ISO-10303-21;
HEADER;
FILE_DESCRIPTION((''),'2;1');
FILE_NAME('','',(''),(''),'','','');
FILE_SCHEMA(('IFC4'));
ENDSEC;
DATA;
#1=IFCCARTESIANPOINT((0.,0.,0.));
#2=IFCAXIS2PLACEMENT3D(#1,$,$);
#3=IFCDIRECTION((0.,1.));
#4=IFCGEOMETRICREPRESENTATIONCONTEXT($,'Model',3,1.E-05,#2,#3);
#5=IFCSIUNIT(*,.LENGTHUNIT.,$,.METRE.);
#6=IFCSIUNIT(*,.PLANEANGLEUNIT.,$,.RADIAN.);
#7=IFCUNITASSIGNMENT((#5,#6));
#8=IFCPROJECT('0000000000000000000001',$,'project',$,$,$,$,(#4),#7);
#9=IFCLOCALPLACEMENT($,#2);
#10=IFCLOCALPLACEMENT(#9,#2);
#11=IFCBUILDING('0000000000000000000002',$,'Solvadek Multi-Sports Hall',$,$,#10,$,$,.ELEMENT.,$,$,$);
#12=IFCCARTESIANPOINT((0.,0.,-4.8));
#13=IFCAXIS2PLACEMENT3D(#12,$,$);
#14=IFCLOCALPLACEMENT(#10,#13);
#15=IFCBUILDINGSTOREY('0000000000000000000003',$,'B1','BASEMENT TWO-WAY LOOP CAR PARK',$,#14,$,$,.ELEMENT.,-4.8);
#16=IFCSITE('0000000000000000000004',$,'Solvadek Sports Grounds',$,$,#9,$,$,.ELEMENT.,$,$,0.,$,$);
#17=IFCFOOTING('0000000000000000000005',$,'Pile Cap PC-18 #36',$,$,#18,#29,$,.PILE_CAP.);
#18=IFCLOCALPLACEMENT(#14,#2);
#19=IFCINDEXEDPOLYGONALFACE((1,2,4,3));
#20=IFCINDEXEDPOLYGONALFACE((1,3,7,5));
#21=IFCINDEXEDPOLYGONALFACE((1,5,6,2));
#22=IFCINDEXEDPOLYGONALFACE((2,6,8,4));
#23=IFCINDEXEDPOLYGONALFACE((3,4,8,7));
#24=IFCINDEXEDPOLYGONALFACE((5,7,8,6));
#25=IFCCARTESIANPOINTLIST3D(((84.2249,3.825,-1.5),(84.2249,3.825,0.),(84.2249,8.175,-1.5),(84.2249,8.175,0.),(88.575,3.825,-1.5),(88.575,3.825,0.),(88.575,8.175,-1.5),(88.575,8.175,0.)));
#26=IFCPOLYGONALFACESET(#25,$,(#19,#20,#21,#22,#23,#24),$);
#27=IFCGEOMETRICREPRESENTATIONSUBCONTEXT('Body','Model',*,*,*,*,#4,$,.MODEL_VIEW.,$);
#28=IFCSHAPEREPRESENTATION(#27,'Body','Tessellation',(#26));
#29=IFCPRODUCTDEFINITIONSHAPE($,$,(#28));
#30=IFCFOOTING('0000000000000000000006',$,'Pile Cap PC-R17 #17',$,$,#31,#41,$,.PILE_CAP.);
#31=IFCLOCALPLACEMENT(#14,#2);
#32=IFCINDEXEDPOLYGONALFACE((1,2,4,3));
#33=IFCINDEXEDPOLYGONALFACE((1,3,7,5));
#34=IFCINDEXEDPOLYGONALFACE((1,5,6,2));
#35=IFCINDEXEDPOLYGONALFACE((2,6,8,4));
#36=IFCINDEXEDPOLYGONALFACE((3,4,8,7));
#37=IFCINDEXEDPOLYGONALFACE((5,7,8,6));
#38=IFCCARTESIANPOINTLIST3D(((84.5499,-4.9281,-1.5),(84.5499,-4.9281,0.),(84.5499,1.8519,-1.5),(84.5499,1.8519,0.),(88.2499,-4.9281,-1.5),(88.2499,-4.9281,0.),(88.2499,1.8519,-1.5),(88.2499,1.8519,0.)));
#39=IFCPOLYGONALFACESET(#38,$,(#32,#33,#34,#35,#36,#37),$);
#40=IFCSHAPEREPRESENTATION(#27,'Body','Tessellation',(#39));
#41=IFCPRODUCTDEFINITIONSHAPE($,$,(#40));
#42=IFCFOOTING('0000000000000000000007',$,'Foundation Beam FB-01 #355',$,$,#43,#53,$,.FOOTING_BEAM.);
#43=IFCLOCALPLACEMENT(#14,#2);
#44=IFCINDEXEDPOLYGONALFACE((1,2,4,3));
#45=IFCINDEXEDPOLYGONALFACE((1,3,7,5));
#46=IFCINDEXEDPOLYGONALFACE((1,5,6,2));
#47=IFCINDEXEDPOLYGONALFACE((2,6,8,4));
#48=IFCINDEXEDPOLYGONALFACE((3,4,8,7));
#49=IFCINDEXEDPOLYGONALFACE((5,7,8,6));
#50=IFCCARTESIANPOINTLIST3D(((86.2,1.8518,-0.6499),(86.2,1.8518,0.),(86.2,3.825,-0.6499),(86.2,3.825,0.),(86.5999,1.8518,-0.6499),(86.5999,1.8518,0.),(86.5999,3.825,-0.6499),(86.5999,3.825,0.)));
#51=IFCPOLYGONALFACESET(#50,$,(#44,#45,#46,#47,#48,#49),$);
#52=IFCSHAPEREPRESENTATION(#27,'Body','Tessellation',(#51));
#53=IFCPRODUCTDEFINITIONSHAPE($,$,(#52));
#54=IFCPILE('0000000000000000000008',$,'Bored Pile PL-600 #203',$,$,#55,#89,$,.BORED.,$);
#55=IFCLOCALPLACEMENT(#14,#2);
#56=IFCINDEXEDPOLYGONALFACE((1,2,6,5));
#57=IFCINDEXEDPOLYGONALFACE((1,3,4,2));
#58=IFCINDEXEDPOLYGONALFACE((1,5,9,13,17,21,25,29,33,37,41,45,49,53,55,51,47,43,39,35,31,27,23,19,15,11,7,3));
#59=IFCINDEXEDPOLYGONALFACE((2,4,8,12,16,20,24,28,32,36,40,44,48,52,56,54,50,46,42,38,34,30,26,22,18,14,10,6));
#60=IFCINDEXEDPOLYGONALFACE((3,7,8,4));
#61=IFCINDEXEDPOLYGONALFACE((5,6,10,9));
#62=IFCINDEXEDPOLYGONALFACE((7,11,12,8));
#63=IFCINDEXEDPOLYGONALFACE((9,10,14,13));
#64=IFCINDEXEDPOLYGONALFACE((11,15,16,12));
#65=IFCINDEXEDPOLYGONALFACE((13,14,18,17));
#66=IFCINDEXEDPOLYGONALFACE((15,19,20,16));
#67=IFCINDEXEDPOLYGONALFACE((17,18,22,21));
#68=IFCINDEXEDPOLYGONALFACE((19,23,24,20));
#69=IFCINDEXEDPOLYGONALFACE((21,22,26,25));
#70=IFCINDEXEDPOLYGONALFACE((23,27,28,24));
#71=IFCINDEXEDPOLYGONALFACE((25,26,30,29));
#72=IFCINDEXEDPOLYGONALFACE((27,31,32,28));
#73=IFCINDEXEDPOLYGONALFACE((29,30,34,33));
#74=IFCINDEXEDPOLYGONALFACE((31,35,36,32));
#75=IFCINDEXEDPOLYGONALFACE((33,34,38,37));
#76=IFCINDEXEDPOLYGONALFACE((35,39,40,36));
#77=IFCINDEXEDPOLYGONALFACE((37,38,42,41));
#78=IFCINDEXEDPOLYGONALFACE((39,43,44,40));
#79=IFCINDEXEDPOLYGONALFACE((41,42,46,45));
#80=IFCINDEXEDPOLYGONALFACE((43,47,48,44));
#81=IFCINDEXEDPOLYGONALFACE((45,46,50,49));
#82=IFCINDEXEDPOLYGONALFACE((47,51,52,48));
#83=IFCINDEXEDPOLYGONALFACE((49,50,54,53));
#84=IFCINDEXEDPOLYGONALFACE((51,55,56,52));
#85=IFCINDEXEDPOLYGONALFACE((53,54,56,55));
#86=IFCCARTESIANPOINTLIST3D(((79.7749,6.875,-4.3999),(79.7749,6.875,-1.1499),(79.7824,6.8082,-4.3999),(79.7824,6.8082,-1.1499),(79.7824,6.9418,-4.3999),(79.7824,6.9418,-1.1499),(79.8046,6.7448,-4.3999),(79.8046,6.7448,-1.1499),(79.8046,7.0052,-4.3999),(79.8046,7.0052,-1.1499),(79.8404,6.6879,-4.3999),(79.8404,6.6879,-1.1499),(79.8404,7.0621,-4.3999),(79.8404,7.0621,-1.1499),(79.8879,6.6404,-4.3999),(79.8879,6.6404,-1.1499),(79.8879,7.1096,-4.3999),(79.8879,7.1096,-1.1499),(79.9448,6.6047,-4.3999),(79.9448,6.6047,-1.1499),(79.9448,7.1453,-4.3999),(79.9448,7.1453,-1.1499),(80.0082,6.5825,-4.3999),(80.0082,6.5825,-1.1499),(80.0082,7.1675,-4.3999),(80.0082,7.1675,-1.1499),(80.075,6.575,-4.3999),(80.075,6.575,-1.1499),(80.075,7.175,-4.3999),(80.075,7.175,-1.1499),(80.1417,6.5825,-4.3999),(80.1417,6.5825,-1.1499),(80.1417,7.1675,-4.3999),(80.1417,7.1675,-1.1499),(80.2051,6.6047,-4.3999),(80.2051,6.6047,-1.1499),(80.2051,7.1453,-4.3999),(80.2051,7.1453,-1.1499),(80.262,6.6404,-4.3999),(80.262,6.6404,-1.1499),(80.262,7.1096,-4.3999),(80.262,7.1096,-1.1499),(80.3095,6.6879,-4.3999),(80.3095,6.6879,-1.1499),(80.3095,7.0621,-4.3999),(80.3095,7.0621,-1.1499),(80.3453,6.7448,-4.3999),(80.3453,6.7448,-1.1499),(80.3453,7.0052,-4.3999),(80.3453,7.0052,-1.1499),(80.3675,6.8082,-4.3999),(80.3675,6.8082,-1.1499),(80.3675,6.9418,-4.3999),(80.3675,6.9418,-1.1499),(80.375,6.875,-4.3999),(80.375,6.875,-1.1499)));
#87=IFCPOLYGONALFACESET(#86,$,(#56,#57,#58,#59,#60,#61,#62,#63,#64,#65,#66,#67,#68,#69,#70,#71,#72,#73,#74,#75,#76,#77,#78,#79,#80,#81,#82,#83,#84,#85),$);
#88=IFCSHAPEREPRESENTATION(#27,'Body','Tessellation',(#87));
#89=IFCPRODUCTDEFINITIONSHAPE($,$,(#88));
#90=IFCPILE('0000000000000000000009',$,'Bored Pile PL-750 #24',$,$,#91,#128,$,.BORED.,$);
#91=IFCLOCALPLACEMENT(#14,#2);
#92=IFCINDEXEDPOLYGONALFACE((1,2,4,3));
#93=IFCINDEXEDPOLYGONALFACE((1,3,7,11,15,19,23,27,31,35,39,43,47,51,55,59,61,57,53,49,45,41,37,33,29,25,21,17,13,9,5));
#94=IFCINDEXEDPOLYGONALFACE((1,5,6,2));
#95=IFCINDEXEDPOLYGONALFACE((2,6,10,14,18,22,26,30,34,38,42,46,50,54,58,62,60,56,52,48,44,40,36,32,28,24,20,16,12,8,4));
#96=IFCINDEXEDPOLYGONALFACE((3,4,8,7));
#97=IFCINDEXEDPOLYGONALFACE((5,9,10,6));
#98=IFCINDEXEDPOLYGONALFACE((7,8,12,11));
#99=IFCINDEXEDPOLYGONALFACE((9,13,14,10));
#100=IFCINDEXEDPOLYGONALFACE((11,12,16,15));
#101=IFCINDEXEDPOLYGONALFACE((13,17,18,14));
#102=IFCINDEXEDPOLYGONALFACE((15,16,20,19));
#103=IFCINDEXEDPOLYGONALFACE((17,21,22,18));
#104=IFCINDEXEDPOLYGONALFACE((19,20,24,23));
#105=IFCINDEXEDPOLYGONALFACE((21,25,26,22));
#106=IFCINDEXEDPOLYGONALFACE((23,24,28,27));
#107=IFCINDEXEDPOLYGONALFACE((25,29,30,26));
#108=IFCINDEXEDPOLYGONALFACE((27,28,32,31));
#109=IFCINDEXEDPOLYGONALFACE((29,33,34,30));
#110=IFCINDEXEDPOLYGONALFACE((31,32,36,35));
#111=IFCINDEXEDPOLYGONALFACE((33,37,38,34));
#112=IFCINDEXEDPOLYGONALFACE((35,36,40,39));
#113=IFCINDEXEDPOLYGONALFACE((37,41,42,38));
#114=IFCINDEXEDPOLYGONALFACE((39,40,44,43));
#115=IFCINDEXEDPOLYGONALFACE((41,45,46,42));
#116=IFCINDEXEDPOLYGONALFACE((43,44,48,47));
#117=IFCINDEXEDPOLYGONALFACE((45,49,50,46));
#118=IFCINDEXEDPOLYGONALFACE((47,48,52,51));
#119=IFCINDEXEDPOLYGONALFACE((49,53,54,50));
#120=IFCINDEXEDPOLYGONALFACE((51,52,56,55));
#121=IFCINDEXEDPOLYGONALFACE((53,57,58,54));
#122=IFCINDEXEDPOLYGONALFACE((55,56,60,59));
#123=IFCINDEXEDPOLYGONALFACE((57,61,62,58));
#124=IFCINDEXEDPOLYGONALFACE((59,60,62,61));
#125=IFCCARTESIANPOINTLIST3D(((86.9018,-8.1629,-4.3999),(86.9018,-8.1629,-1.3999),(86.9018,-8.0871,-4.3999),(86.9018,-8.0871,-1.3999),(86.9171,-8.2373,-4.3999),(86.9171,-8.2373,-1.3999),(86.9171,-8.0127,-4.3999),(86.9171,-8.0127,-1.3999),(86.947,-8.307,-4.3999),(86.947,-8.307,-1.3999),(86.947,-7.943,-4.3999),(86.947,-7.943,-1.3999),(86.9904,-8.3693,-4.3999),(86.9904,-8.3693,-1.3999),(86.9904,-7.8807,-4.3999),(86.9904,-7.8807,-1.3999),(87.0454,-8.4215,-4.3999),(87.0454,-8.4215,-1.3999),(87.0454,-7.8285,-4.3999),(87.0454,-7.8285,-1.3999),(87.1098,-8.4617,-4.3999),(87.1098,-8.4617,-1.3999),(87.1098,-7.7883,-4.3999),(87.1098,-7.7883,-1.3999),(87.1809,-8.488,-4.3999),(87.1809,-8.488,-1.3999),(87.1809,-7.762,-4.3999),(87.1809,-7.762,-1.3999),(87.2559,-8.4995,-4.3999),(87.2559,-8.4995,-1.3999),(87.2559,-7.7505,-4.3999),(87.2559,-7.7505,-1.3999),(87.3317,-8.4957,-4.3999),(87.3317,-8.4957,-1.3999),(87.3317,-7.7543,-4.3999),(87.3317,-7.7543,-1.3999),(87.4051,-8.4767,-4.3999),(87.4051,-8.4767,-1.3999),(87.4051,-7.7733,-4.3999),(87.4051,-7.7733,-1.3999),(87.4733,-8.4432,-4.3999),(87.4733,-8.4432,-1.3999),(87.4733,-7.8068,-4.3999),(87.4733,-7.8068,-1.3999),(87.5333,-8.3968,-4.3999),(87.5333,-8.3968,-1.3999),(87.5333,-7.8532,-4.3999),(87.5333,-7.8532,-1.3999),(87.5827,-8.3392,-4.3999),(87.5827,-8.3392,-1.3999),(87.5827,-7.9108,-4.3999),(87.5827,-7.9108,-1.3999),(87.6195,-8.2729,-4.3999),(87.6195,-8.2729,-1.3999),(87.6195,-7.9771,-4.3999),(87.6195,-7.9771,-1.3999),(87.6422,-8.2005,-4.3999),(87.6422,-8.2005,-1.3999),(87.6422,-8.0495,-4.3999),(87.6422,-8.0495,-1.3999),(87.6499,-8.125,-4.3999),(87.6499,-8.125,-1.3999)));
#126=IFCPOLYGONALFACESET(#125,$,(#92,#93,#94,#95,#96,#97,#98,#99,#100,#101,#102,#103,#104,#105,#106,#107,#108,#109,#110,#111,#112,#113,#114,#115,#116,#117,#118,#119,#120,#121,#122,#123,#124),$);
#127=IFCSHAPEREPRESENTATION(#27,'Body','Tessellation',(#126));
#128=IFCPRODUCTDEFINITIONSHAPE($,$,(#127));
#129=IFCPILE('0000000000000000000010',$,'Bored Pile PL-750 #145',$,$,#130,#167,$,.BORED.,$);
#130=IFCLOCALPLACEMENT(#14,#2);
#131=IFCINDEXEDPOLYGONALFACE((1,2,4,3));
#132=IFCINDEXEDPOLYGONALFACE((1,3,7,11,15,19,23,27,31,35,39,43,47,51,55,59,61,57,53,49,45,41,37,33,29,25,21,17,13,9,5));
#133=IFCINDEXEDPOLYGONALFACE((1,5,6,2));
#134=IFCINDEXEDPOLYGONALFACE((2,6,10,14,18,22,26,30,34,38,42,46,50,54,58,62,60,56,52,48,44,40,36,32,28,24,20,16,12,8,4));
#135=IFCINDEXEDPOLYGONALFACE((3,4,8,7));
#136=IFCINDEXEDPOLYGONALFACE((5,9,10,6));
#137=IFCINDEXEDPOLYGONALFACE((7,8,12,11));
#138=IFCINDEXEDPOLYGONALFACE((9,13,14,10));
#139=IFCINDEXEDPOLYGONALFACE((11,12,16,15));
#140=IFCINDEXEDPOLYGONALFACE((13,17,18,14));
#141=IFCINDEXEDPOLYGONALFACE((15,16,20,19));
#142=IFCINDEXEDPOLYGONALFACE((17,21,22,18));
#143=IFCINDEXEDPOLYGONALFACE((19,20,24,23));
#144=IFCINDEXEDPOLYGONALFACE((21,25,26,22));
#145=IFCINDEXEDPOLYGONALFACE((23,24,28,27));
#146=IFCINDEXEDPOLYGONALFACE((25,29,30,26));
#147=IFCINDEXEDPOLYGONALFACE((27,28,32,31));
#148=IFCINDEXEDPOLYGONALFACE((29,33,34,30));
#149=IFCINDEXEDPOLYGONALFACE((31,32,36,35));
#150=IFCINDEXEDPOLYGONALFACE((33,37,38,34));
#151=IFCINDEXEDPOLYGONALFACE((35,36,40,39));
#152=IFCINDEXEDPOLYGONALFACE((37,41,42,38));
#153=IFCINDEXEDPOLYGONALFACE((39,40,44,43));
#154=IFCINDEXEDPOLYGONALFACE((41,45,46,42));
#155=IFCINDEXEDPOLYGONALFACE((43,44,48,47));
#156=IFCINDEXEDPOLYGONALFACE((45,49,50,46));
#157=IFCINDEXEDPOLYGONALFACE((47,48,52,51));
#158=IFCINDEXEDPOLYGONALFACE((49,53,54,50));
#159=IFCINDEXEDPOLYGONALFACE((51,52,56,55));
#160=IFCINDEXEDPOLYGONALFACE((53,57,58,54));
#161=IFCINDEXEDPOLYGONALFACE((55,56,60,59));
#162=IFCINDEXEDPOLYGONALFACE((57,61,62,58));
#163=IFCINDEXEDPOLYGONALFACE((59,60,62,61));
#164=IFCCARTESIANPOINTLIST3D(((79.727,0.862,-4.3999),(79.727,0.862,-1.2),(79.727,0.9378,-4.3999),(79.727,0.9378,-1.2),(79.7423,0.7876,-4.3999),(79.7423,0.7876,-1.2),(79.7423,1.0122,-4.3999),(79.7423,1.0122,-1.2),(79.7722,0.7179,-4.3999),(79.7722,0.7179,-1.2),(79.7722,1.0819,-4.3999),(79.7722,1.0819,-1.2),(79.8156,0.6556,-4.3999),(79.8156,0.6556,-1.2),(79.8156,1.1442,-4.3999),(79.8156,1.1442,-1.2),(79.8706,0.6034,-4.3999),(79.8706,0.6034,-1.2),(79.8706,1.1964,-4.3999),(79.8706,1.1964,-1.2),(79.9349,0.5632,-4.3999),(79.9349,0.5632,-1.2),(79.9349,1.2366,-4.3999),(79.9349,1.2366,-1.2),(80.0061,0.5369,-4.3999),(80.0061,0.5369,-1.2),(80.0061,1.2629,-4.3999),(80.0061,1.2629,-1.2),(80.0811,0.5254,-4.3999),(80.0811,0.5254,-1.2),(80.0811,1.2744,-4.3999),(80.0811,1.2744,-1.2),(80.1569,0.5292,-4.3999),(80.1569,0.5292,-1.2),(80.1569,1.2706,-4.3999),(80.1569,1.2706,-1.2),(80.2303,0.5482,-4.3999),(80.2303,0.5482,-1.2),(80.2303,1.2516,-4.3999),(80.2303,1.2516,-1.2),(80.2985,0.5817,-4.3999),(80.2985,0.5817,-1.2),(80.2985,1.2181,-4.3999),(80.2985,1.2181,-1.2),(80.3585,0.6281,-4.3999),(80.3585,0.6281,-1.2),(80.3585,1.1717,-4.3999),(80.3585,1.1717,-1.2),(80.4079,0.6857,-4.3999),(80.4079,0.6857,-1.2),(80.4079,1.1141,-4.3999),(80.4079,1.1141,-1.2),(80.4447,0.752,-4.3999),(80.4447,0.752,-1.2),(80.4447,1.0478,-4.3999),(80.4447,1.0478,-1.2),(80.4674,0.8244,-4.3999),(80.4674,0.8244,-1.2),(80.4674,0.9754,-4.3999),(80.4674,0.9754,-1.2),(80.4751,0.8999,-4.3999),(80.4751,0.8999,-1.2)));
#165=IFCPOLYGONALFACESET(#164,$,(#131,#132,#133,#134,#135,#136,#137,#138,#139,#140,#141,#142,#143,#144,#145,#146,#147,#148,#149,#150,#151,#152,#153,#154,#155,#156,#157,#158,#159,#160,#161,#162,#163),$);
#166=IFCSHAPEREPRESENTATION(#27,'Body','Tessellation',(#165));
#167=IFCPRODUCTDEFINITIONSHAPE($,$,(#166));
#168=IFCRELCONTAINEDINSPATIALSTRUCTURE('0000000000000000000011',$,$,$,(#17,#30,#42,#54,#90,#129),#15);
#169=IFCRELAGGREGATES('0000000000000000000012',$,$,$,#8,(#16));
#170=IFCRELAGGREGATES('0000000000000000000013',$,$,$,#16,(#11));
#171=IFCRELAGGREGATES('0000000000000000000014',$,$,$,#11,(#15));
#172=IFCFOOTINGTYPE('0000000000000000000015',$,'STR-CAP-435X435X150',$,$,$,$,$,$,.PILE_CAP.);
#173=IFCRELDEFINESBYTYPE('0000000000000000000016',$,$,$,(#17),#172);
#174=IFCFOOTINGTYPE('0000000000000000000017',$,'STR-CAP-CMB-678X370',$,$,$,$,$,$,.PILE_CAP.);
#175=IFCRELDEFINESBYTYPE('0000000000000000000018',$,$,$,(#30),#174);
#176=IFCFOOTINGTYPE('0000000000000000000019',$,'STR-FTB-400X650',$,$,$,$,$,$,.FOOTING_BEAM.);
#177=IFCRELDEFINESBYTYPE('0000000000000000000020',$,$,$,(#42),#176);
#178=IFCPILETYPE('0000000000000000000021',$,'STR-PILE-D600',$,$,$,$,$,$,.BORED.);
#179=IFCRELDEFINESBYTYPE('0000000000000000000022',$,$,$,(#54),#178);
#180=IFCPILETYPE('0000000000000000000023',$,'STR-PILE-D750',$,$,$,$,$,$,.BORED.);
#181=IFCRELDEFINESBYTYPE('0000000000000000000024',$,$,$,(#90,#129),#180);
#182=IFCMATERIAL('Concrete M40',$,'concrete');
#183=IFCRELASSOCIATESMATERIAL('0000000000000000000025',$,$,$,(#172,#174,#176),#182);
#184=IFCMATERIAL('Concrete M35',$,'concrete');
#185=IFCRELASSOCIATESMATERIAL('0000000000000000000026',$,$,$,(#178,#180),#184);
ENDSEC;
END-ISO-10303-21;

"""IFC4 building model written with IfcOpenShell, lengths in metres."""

from ifc_helpers import new_model, si_unit, direction, frame, origin, origin_2d, place, context, subcontext, project, spatial, rectangle, circle, extrude, material, material_profile, profile_set, type_object, element, save


model = new_model("IFC4")

# Units and contexts
model_context = context("Model", 3, precision=1e-05, world=origin(), true_north=direction((0.0, 1.0)))
body_context = subcontext(model_context, "Body", "Model", "MODEL_VIEW")
ifc_project = project(units=[si_unit("LENGTHUNIT", "METRE"), si_unit("PLANEANGLEUNIT", "RADIAN")], contexts=[model_context])

# Site, building, storey
site_placement = place(None, origin())
site = spatial("IfcSite", under=ifc_project, at=site_placement, Name="Solvadek Sports Grounds", CompositionType="ELEMENT", RefElevation=0.0)
building_placement = place(site_placement, origin())
building = spatial("IfcBuilding", under=site, at=building_placement, Name="Solvadek Multi-Sports Hall", CompositionType="ELEMENT")
storey_placement = place(building_placement, frame((0.0, 0.0, -4.8)))
storey = spatial("IfcBuildingStorey", under=building, at=storey_placement, Name="B1", Description="BASEMENT TWO-WAY LOOP CAR PARK", CompositionType="ELEMENT", Elevation=-4.8)

# Footings
ifc_material_1 = material(Name="Concrete M40", Category="concrete")
footing_type_1 = type_object("IfcFootingType", Name="STR-CAP-435X435X150", PredefinedType="PILE_CAP", material=ifc_material_1)
footing_1_placement = place(storey_placement, frame((86.3999, 6.0, -1.5), z_axis=(0.0, 0.0, 1.0), x_axis=(1.0, 0.0, 0.0)))
element("IfcFooting", 1, at=footing_1_placement, inside=storey, type_object=footing_type_1, Name="Pile Cap PC-18 #36", PredefinedType="PILE_CAP", context=body_context, shape_type="SweptSolid", body=[
    extrude(rectangle(XDim=4.3501, YDim=4.3501, at=origin_2d()), origin(), (0.0, 0.0, 1.0), 1.5),
])
footing_type_2 = type_object("IfcFootingType", Name="STR-CAP-CMB-678X370", PredefinedType="PILE_CAP", material=ifc_material_1)
footing_2_placement = place(storey_placement, frame((86.3999, -1.5381, -1.5), z_axis=(0.0, 0.0, 1.0), x_axis=(0.0, 1.0, 0.0)))
element("IfcFooting", 2, at=footing_2_placement, inside=storey, type_object=footing_type_2, Name="Pile Cap PC-R17 #17", PredefinedType="PILE_CAP", context=body_context, shape_type="SweptSolid", body=[
    extrude(rectangle(XDim=6.78, YDim=3.7, at=origin_2d()), origin(), (0.0, 0.0, 1.0), 1.5),
])
footing_type_3 = type_object("IfcFootingType", Name="STR-FTB-400X650", PredefinedType="FOOTING_BEAM", material=ifc_material_1)
footing_3_placement = place(storey_placement, frame((86.3999, 2.8384, -0.6499), z_axis=(0.0, 0.0, 1.0), x_axis=(0.0, 1.0, 0.0)))
element("IfcFooting", 3, at=footing_3_placement, inside=storey, type_object=footing_type_3, Name="Foundation Beam FB-01 #355", PredefinedType="FOOTING_BEAM", context=body_context, shape_type="SweptSolid", body=[
    extrude(rectangle(XDim=1.9731, YDim=0.3999, at=origin_2d()), origin(), (0.0, 0.0, 1.0), 0.6499),
])

# Piles
ifc_material_2 = material(Name="Concrete M35", Category="concrete")
ifc_material_profile_1 = material_profile(ifc_material_2, circle(Radius=0.3, at=origin_2d()), Name="BORED PILE D600")
ifc_profile_set_1 = profile_set([ifc_material_profile_1], Name="Concrete M35")
pile_type_1 = type_object("IfcPileType", Name="STR-PILE-D600", PredefinedType="BORED", material=ifc_profile_set_1)
pile_1_placement = place(storey_placement, frame((80.075, 6.875, -1.1499), z_axis=(0.0, 0.0, -1.0), x_axis=(1.0, 0.0, 0.0)))
element("IfcPile", 4, at=pile_1_placement, inside=storey, type_object=pile_type_1, Name="Bored Pile PL-600 #203", PredefinedType="BORED", context=body_context, shape_type="SweptSolid", body=[
    extrude(circle(Radius=0.3, at=origin_2d()), origin(), (0.0, 0.0, 1.0), 3.25),
])
ifc_material_profile_2 = material_profile(ifc_material_2, circle(Radius=0.375, at=origin_2d()), Name="BORED PILE D750")
ifc_profile_set_2 = profile_set([ifc_material_profile_2], Name="Concrete M35")
pile_type_2 = type_object("IfcPileType", Name="STR-PILE-D750", PredefinedType="BORED", material=ifc_profile_set_2)
pile_2_placement = place(storey_placement, frame((87.2749, -8.125, -1.3999), z_axis=(0.0, 0.0, -1.0), x_axis=(1.0, 0.0, 0.0)))
element("IfcPile", 5, at=pile_2_placement, inside=storey, type_object=pile_type_2, Name="Bored Pile PL-750 #24", PredefinedType="BORED", context=body_context, shape_type="SweptSolid", body=[
    extrude(circle(Radius=0.375, at=origin_2d()), origin(), (0.0, 0.0, 1.0), 3.0),
])
pile_3_placement = place(storey_placement, frame((80.1001, 0.8999, -1.2), z_axis=(0.0, 0.0, -1.0), x_axis=(1.0, 0.0, 0.0)))
element("IfcPile", 6, at=pile_3_placement, inside=storey, type_object=pile_type_2, Name="Bored Pile PL-750 #145", PredefinedType="BORED", context=body_context, shape_type="SweptSolid", body=[
    extrude(circle(Radius=0.375, at=origin_2d()), origin(), (0.0, 0.0, 1.0), 3.2),
])

save(model, "model.ifc")
